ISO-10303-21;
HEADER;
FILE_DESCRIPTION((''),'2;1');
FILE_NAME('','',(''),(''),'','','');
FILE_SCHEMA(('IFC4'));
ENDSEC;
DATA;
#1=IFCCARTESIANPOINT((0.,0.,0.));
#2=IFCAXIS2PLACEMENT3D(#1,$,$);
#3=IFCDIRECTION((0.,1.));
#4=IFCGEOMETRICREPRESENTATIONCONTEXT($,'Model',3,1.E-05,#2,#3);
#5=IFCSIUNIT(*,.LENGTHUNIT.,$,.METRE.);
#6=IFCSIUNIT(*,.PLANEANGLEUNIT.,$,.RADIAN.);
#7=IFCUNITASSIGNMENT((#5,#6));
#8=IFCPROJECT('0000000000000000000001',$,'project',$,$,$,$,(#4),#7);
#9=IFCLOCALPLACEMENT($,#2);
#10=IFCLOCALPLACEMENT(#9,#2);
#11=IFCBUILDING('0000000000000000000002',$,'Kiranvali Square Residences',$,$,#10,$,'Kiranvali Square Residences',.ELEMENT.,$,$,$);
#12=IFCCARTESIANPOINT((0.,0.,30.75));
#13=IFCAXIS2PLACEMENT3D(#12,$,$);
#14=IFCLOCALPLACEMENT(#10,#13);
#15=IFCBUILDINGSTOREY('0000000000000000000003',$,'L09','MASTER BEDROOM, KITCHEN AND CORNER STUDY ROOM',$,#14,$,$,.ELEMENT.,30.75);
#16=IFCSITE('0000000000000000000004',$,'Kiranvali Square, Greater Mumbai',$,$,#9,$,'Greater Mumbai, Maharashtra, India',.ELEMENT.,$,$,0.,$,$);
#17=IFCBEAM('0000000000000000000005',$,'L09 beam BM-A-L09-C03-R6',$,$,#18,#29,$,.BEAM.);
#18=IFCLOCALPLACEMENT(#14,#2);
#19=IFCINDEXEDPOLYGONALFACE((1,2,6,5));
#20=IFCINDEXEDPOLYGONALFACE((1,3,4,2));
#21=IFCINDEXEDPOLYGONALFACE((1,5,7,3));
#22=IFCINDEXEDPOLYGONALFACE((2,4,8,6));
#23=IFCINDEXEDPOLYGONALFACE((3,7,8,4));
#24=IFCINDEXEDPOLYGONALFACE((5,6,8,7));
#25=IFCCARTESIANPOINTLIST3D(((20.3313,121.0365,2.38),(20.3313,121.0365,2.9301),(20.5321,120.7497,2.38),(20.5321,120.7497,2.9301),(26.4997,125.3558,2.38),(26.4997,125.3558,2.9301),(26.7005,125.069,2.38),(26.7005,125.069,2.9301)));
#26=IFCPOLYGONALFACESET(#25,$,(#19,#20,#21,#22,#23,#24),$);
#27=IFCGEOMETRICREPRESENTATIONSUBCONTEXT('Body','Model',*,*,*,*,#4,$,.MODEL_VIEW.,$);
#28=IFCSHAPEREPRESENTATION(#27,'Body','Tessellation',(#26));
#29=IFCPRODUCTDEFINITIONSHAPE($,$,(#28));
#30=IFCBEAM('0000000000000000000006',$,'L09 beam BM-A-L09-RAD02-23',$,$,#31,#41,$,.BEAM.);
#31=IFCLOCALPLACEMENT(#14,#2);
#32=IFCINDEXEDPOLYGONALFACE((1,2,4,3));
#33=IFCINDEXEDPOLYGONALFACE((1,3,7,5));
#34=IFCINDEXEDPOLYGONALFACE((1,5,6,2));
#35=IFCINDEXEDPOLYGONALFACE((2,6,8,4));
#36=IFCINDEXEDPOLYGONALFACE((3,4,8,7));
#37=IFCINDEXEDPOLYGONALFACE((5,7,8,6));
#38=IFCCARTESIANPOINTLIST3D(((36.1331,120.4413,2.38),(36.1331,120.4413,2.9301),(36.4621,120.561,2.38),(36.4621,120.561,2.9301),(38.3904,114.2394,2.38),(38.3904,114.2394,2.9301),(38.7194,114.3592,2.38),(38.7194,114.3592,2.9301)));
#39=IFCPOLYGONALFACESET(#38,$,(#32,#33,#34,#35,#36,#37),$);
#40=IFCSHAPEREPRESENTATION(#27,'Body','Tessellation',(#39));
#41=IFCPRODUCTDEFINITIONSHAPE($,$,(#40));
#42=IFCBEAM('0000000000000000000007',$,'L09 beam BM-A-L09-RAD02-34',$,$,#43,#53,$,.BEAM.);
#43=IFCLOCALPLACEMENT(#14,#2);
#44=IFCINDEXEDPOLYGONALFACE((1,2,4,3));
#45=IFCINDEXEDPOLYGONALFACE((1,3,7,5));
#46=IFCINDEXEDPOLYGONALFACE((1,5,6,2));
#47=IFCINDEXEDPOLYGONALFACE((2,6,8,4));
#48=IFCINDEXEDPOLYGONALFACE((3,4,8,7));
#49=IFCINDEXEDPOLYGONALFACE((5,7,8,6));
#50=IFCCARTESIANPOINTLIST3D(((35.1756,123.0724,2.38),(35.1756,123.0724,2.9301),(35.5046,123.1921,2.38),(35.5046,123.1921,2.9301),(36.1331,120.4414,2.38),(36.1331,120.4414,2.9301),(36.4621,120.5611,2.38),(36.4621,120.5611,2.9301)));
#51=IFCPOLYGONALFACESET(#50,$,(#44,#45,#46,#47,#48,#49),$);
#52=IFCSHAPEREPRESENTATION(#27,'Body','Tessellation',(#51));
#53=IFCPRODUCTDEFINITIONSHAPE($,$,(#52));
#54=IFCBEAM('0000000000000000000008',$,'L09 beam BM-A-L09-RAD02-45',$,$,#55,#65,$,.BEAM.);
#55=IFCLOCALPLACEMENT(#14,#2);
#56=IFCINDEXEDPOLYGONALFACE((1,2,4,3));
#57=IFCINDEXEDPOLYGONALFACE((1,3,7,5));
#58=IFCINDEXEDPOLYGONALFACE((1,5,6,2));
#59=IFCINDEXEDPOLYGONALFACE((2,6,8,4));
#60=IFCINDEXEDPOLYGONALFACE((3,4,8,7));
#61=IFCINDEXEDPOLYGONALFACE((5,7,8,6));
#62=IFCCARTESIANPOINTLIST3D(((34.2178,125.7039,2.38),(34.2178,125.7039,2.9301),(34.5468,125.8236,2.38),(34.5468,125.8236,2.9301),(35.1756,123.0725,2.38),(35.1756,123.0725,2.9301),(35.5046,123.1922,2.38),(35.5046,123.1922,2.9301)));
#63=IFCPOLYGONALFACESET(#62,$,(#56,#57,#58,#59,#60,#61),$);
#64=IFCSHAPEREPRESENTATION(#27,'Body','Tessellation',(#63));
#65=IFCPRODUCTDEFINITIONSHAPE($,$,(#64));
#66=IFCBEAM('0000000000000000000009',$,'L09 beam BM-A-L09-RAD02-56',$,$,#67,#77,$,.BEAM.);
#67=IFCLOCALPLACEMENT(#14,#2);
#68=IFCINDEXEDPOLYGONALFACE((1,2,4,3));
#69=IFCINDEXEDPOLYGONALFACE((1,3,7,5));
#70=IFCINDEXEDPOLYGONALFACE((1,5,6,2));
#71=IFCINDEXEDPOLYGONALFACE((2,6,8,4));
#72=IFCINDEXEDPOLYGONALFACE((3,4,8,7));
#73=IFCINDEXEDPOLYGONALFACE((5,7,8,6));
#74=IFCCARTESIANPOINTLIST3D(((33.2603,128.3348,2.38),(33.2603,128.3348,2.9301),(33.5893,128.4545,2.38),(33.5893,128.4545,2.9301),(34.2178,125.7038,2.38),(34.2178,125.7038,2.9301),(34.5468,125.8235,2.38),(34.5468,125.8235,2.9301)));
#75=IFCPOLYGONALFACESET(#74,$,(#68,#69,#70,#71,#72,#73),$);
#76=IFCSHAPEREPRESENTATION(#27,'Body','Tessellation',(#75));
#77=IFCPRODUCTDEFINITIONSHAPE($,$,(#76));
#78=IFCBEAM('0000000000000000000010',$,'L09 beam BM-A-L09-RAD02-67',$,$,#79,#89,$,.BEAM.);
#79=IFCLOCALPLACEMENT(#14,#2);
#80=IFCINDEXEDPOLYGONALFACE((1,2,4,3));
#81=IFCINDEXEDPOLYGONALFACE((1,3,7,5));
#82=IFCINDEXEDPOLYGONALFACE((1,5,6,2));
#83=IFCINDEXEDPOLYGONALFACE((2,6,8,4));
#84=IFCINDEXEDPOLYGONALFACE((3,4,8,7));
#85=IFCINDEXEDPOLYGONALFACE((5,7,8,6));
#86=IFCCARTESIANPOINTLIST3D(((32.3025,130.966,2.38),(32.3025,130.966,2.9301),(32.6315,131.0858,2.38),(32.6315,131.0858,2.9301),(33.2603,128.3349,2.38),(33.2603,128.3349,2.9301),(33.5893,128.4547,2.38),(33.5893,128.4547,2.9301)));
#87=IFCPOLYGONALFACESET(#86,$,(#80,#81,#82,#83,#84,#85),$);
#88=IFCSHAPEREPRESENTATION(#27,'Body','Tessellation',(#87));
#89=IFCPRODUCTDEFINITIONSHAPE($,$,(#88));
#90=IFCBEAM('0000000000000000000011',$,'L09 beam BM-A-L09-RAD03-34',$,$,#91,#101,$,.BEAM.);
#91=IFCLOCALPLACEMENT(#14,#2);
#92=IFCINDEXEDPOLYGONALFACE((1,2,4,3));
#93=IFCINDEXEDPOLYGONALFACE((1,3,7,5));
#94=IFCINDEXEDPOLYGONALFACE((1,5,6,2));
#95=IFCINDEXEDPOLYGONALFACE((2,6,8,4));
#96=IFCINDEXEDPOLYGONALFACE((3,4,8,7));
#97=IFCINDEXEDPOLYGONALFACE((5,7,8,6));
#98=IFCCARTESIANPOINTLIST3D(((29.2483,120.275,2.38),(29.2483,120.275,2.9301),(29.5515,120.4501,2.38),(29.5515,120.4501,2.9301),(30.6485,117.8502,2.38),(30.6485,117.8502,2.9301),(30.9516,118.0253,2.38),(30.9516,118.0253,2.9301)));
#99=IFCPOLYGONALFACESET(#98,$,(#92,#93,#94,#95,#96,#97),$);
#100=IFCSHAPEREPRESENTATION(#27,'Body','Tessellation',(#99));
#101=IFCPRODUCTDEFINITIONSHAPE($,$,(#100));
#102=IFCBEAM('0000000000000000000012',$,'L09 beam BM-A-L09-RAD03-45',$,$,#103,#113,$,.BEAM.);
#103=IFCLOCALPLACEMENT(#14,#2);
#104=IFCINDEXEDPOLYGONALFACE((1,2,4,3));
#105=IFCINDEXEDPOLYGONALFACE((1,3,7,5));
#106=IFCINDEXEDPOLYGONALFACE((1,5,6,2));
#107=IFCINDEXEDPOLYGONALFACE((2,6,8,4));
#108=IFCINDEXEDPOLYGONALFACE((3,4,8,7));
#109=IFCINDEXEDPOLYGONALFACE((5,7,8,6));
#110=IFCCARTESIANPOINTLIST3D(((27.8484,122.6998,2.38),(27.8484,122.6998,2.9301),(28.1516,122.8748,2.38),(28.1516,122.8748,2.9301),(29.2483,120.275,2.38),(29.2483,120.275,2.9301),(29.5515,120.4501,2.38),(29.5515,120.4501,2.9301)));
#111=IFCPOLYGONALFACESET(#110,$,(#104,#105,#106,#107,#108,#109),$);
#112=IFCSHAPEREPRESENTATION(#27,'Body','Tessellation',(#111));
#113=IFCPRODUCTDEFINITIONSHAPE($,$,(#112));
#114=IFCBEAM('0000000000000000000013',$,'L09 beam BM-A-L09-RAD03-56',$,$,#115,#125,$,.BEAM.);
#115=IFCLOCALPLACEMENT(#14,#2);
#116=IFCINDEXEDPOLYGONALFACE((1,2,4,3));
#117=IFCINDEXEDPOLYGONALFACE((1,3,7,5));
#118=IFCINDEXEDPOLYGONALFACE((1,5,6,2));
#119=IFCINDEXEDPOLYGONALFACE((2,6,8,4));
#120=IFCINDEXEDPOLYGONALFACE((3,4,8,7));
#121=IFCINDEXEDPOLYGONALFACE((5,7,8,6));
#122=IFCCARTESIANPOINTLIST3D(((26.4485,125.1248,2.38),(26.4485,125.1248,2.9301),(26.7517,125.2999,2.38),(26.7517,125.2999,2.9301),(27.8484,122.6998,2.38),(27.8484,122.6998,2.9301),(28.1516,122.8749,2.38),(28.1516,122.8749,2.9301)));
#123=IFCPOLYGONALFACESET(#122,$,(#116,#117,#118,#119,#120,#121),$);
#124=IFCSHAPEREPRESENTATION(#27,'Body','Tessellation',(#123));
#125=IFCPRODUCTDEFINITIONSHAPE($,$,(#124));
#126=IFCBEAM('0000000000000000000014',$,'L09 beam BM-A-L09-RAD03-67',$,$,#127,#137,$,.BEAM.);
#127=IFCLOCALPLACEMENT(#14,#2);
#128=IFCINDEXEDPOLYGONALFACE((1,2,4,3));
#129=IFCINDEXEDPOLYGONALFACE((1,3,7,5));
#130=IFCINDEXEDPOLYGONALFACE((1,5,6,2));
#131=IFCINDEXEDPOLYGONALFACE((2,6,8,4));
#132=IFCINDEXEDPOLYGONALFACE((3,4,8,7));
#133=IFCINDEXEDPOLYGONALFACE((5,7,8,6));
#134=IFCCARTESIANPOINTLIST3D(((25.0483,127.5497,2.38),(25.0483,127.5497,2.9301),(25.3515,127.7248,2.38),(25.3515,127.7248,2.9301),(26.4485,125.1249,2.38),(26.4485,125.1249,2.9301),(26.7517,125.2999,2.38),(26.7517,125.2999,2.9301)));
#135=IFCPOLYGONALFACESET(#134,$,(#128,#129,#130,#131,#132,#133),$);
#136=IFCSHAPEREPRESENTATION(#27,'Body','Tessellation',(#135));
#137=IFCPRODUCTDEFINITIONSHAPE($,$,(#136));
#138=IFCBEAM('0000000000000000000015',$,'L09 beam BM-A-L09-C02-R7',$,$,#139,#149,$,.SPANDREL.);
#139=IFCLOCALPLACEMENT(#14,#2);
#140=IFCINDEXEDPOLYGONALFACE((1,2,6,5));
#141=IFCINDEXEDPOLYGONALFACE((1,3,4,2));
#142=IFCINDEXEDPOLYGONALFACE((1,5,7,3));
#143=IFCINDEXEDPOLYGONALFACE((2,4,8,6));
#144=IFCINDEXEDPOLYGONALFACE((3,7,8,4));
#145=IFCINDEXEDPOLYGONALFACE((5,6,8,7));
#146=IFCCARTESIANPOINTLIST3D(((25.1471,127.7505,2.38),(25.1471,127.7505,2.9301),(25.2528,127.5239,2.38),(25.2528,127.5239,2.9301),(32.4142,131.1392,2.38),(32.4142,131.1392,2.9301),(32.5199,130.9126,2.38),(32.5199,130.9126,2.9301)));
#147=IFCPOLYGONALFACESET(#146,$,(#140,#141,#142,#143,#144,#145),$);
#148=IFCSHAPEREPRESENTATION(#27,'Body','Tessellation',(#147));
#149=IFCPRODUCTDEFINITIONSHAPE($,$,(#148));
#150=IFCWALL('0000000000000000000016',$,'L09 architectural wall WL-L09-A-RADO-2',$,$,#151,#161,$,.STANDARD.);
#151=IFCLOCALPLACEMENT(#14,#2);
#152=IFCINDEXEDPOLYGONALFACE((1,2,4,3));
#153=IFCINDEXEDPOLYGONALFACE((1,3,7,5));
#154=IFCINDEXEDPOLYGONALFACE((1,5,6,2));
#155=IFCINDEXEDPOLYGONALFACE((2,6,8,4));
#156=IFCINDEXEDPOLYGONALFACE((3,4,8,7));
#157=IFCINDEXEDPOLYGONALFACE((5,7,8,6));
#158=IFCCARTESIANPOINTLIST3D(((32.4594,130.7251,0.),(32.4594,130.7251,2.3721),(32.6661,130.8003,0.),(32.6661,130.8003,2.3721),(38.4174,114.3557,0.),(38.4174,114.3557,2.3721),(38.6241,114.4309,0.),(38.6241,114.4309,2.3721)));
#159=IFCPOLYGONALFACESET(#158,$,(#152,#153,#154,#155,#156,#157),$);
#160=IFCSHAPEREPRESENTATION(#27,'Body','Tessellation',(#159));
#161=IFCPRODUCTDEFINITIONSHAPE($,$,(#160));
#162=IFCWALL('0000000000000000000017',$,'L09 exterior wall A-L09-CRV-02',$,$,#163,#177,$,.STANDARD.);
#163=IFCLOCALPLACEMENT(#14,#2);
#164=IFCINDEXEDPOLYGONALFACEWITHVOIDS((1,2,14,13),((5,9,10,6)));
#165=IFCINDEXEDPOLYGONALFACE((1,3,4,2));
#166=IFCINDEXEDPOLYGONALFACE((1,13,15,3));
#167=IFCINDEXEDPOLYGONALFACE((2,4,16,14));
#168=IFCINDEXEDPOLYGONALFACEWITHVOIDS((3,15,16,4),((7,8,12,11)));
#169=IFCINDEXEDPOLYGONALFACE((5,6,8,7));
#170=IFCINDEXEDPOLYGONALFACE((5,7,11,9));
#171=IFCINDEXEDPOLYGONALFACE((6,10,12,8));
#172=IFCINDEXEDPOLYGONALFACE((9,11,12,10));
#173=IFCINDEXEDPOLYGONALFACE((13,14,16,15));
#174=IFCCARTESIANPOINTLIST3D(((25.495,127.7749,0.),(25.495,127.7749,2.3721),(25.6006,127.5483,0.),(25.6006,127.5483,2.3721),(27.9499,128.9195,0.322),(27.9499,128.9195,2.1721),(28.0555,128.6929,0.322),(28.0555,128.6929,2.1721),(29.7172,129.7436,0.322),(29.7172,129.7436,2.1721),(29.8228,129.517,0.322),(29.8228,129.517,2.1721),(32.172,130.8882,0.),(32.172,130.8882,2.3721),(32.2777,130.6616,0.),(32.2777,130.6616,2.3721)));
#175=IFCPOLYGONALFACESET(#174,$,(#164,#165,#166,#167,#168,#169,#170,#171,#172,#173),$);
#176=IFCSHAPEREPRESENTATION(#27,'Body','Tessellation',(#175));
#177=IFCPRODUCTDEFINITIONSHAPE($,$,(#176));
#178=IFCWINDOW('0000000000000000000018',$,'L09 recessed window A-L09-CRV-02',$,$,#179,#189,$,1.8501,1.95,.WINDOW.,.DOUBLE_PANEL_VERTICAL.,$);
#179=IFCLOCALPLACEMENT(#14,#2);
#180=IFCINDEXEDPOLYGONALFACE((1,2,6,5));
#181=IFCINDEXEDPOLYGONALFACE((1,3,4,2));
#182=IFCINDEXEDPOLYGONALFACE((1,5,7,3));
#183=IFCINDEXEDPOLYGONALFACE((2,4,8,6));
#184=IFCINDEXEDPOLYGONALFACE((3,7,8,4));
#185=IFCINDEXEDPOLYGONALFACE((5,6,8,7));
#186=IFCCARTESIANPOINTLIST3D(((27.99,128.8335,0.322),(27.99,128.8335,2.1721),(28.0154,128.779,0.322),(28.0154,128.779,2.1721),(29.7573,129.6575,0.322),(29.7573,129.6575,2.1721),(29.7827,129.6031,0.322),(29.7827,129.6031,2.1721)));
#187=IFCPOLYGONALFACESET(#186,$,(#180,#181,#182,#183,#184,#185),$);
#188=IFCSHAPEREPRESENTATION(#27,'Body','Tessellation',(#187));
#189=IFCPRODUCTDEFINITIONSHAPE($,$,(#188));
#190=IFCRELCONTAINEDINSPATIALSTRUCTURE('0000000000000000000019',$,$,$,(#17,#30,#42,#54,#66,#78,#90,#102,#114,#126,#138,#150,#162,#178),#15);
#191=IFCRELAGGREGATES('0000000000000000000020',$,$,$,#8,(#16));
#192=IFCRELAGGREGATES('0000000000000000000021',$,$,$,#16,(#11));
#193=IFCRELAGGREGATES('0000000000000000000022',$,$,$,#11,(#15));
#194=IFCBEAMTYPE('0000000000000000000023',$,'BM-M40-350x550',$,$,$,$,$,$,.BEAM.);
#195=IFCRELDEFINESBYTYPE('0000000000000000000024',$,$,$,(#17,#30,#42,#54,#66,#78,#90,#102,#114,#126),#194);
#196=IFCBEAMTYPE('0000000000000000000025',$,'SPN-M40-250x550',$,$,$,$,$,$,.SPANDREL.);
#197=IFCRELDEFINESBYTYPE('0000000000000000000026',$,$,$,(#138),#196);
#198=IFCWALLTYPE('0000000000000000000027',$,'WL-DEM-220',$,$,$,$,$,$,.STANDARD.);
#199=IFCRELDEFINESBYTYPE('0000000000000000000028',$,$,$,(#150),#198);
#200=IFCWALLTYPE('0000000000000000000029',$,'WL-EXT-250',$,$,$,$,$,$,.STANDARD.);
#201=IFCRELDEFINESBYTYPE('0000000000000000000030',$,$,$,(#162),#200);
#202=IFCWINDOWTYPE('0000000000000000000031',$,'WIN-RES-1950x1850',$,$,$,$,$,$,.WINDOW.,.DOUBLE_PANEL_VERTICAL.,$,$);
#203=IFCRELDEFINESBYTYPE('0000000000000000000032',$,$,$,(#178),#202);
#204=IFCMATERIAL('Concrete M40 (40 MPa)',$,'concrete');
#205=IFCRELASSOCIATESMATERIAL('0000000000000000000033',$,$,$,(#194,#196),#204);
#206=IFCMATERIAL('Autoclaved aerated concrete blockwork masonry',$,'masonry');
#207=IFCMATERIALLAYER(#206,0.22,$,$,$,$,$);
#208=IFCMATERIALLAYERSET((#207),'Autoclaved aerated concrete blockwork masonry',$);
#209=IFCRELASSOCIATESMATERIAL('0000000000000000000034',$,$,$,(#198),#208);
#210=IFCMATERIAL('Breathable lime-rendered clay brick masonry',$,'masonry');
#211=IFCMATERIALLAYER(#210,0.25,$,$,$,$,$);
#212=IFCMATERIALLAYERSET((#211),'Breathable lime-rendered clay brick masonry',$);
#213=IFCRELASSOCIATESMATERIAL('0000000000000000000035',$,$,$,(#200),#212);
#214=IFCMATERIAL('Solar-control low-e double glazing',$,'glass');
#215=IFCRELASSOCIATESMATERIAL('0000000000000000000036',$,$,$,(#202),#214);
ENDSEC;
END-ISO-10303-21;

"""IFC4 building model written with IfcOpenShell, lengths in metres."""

from ifc_helpers import new_model, si_unit, direction, frame, frame_2d, origin, origin_2d, place, context, subcontext, project, spatial, rectangle, extrude, material, layer, layer_set, material_profile, profile_set, type_object, element, fill, save


model = new_model("IFC4")

# Units and contexts
model_context = context("Model", 3, precision=1e-05, world=origin(), true_north=direction((0.0, 1.0)))
body_context = subcontext(model_context, "Body", "Model", "MODEL_VIEW")
ifc_project = project(units=[si_unit("LENGTHUNIT", "METRE"), si_unit("PLANEANGLEUNIT", "RADIAN")], contexts=[model_context])

# Site, building, storey
site_placement = place(None, origin())
site = spatial("IfcSite", under=ifc_project, at=site_placement, Name="Kiranvali Square, Greater Mumbai", LongName="Greater Mumbai, Maharashtra, India", CompositionType="ELEMENT", RefElevation=0.0)
building_placement = place(site_placement, origin())
building = spatial("IfcBuilding", under=site, at=building_placement, Name="Kiranvali Square Residences", LongName="Kiranvali Square Residences", CompositionType="ELEMENT")
storey_placement = place(building_placement, frame((0.0, 0.0, 30.75)))
storey = spatial("IfcBuildingStorey", under=building, at=storey_placement, Name="L09", Description="MASTER BEDROOM, KITCHEN AND CORNER STUDY ROOM", CompositionType="ELEMENT", Elevation=30.75)

# Shared definitions
ifc_material_1 = material(Name="Concrete M40 (40 MPa)", Category="concrete")

# Beams
ifc_material_profile_1 = material_profile(ifc_material_1, rectangle(XDim=0.3501, YDim=0.55, at=origin_2d()), Name="RC 350x550")
ifc_profile_set_1 = profile_set([ifc_material_profile_1], Name="Concrete M40 (40 MPa)")
beam_type_1 = type_object("IfcBeamType", Name="BM-M40-350x550", PredefinedType="BEAM", material=ifc_profile_set_1)
beam_1_placement = place(storey_placement, frame((26.6001, 125.2124, 2.655), z_axis=(-0.819144, -0.573589, 0.0), x_axis=(0.573589, -0.819144, 0.0)))
element("IfcBeam", 1, at=beam_1_placement, inside=storey, type_object=beam_type_1, Name="L09 beam BM-A-L09-C03-R6", PredefinedType="BEAM", context=body_context, shape_type="SweptSolid", body=[
    extrude(rectangle(XDim=0.3501, YDim=0.55, at=origin_2d()), origin(), (0.0, 0.0, 1.0), 7.5303),
])
beam_2_placement = place(storey_placement, frame((38.5549, 114.2993, 2.655), z_axis=(-0.342022, 0.939692, 0.0), x_axis=(-0.939692, -0.342022, 0.0)))
element("IfcBeam", 2, at=beam_2_placement, inside=storey, type_object=beam_type_1, Name="L09 beam BM-A-L09-RAD02-23", PredefinedType="BEAM", context=body_context, shape_type="SweptSolid", body=[
    extrude(rectangle(XDim=0.3501, YDim=0.55, at=origin_2d()), origin(), (0.0, 0.0, 1.0), 6.5999),
])
beam_3_placement = place(storey_placement, frame((36.2976, 120.5012, 2.655), z_axis=(-0.341981, 0.939707, 0.0), x_axis=(-0.939707, -0.341981, 0.0)))
element("IfcBeam", 3, at=beam_3_placement, inside=storey, type_object=beam_type_1, Name="L09 beam BM-A-L09-RAD02-34", PredefinedType="BEAM", context=body_context, shape_type="SweptSolid", body=[
    extrude(rectangle(XDim=0.3501, YDim=0.55, at=origin_2d()), origin(), (0.0, 0.0, 1.0), 2.7998),
])
beam_4_placement = place(storey_placement, frame((35.3401, 123.1323, 2.655), z_axis=(-0.34203, 0.939689, 0.0), x_axis=(-0.939689, -0.34203, 0.0)))
element("IfcBeam", 4, at=beam_4_placement, inside=storey, type_object=beam_type_1, Name="L09 beam BM-A-L09-RAD02-45", PredefinedType="BEAM", context=body_context, shape_type="SweptSolid", body=[
    extrude(rectangle(XDim=0.3501, YDim=0.55, at=origin_2d()), origin(), (0.0, 0.0, 1.0), 2.8003),
])
beam_5_placement = place(storey_placement, frame((34.3823, 125.7637, 2.655), z_axis=(-0.341981, 0.939707, 0.0), x_axis=(-0.939707, -0.341981, 0.0)))
element("IfcBeam", 5, at=beam_5_placement, inside=storey, type_object=beam_type_1, Name="L09 beam BM-A-L09-RAD02-56", PredefinedType="BEAM", context=body_context, shape_type="SweptSolid", body=[
    extrude(rectangle(XDim=0.3501, YDim=0.55, at=origin_2d()), origin(), (0.0, 0.0, 1.0), 2.7998),
])
for number, where, z_axis, x_axis, name in (
    (6, (33.4248, 128.3948, 2.655), (-0.342058, 0.939679, 0.0), (-0.939679, -0.342058, 0.0), "L09 beam BM-A-L09-RAD02-67"),
    (7, (30.8, 117.9377, 2.655), (-0.50005, 0.865997, 0.0), (-0.865997, -0.50005, 0.0), "L09 beam BM-A-L09-RAD03-34"),
):
    element("IfcBeam", number, at=place(storey_placement, frame(where, z_axis=z_axis, x_axis=x_axis)), inside=storey, type_object=beam_type_1, Name=name, PredefinedType="BEAM", context=body_context, shape_type="SweptSolid", body=[
        extrude(rectangle(XDim=0.3501, YDim=0.55, at=origin_2d()), origin(), (0.0, 0.0, 1.0), 2.8),
    ])
beam_6_placement = place(storey_placement, frame((29.3999, 120.3625, 2.655), z_axis=(-0.499984, 0.866035, 0.0), x_axis=(-0.866035, -0.499984, 0.0)))
element("IfcBeam", 8, at=beam_6_placement, inside=storey, type_object=beam_type_1, Name="L09 beam BM-A-L09-RAD03-45", PredefinedType="BEAM", context=body_context, shape_type="SweptSolid", body=[
    extrude(rectangle(XDim=0.3501, YDim=0.55, at=origin_2d()), origin(), (0.0, 0.0, 1.0), 2.7998),
])
for number, where, z_axis, x_axis, name in (
    (9, (28.0, 122.7874, 2.655), (-0.499946, 0.866056, 0.0), (-0.866056, -0.499946, 0.0), "L09 beam BM-A-L09-RAD03-56"),
    (10, (26.6001, 125.2124, 2.655), (-0.50005, 0.865997, 0.0), (-0.865997, -0.50005, 0.0), "L09 beam BM-A-L09-RAD03-67"),
):
    element("IfcBeam", number, at=place(storey_placement, frame(where, z_axis=z_axis, x_axis=x_axis)), inside=storey, type_object=beam_type_1, Name=name, PredefinedType="BEAM", context=body_context, shape_type="SweptSolid", body=[
        extrude(rectangle(XDim=0.3501, YDim=0.55, at=origin_2d()), origin(), (0.0, 0.0, 1.0), 2.8),
    ])
ifc_material_profile_2 = material_profile(ifc_material_1, rectangle(XDim=0.25, YDim=0.55, at=origin_2d()), Name="RC 250x550")
ifc_profile_set_2 = profile_set([ifc_material_profile_2], Name="Concrete M40 (40 MPa)")
beam_type_2 = type_object("IfcBeamType", Name="SPN-M40-250x550", PredefinedType="SPANDREL", material=ifc_profile_set_2)
beam_7_placement = place(storey_placement, frame((32.467, 131.0259, 2.655), z_axis=(-0.906309, -0.422615, 0.0), x_axis=(0.422615, -0.906309, 0.0)))
element("IfcBeam", 11, at=beam_7_placement, inside=storey, type_object=beam_type_2, Name="L09 beam BM-A-L09-C02-R7", PredefinedType="SPANDREL", context=body_context, shape_type="SweptSolid", body=[
    extrude(rectangle(XDim=0.25, YDim=0.55, at=origin_2d()), origin(), (0.0, 0.0, 1.0), 8.0183),
])

# Wall
ifc_material_2 = material(Name="Autoclaved aerated concrete blockwork masonry", Category="masonry")
ifc_layer_1 = layer(ifc_material_2, 0.22)
ifc_layer_set_1 = layer_set([ifc_layer_1], Name="Autoclaved aerated concrete blockwork masonry")
wall_type_1 = type_object("IfcWallType", Name="WL-DEM-220", PredefinedType="STANDARD", material=ifc_layer_set_1)
wall_1_placement = place(storey_placement, frame((38.5208, 114.3933, 0.0), z_axis=(0.0, 0.0, 1.0), x_axis=(-0.342022, 0.939692, 0.0)))
element("IfcWall", 12, at=wall_1_placement, inside=storey, type_object=wall_type_1, Name="L09 architectural wall WL-L09-A-RADO-2", PredefinedType="STANDARD", context=body_context, shape_type="SweptSolid", body=[
    extrude(rectangle(XDim=17.4199, YDim=0.22, at=frame_2d((8.71, 0.0))), origin(), (0.0, 0.0, 1.0), 2.3721),
])

# Wall, opening, window
ifc_material_3 = material(Name="Breathable lime-rendered clay brick masonry", Category="masonry")
ifc_layer_2 = layer(ifc_material_3, 0.25)
ifc_layer_set_2 = layer_set([ifc_layer_2], Name="Breathable lime-rendered clay brick masonry")
wall_type_2 = type_object("IfcWallType", Name="WL-EXT-250", PredefinedType="STANDARD", material=ifc_layer_set_2)
wall_2_placement = place(storey_placement, frame((32.2249, 130.7749, 0.0), z_axis=(0.0, 0.0, 1.0), x_axis=(-0.906321, -0.42259, 0.0)))
wall_2 = element("IfcWall", 13, at=wall_2_placement, inside=storey, type_object=wall_type_2, Name="L09 exterior wall A-L09-CRV-02", PredefinedType="STANDARD", context=body_context, shape_type="SweptSolid", body=[
    extrude(rectangle(XDim=7.3672, YDim=0.25, at=frame_2d((3.6836, 0.0))), origin(), (0.0, 0.0, 1.0), 2.3721),
])
opening_1_placement = place(wall_2_placement, frame((2.7085, 0.0, 0.322)))
opening_1 = element("IfcOpeningElement", 14, at=opening_1_placement, cuts=wall_2, PredefinedType="OPENING", context=body_context, shape_type="SweptSolid", body=[
    extrude(rectangle(XDim=1.95, YDim=1.8501, at=frame_2d((0.9751, 0.925))), frame((0.0, 0.135, 0.0), z_axis=(0.0, -1.0, 0.0), x_axis=(1.0, 0.0, 0.0)), (0.0, 0.0, 1.0), 0.27),
])
ifc_material_4 = material(Name="Solar-control low-e double glazing", Category="glass")
window_type = type_object("IfcWindowType", Name="WIN-RES-1950x1850", PartitioningType="DOUBLE_PANEL_VERTICAL", PredefinedType="WINDOW", material=ifc_material_4)
window_placement = place(opening_1_placement, origin())
window = element("IfcWindow", 15, at=window_placement, inside=storey, type_object=window_type, Name="L09 recessed window A-L09-CRV-02", OverallHeight=1.8501, OverallWidth=1.95, PartitioningType="DOUBLE_PANEL_VERTICAL", PredefinedType="WINDOW", context=body_context, shape_type="SweptSolid", body=[
    extrude(rectangle(XDim=1.95, YDim=1.8501, at=frame_2d((0.9751, 0.925))), frame((0.0, 0.03, 0.0), z_axis=(0.0, -1.0, 0.0), x_axis=(1.0, 0.0, 0.0)), (0.0, 0.0, 1.0), 0.0601),
])
fill(opening_1, window)

save(model, "model.ifc")
